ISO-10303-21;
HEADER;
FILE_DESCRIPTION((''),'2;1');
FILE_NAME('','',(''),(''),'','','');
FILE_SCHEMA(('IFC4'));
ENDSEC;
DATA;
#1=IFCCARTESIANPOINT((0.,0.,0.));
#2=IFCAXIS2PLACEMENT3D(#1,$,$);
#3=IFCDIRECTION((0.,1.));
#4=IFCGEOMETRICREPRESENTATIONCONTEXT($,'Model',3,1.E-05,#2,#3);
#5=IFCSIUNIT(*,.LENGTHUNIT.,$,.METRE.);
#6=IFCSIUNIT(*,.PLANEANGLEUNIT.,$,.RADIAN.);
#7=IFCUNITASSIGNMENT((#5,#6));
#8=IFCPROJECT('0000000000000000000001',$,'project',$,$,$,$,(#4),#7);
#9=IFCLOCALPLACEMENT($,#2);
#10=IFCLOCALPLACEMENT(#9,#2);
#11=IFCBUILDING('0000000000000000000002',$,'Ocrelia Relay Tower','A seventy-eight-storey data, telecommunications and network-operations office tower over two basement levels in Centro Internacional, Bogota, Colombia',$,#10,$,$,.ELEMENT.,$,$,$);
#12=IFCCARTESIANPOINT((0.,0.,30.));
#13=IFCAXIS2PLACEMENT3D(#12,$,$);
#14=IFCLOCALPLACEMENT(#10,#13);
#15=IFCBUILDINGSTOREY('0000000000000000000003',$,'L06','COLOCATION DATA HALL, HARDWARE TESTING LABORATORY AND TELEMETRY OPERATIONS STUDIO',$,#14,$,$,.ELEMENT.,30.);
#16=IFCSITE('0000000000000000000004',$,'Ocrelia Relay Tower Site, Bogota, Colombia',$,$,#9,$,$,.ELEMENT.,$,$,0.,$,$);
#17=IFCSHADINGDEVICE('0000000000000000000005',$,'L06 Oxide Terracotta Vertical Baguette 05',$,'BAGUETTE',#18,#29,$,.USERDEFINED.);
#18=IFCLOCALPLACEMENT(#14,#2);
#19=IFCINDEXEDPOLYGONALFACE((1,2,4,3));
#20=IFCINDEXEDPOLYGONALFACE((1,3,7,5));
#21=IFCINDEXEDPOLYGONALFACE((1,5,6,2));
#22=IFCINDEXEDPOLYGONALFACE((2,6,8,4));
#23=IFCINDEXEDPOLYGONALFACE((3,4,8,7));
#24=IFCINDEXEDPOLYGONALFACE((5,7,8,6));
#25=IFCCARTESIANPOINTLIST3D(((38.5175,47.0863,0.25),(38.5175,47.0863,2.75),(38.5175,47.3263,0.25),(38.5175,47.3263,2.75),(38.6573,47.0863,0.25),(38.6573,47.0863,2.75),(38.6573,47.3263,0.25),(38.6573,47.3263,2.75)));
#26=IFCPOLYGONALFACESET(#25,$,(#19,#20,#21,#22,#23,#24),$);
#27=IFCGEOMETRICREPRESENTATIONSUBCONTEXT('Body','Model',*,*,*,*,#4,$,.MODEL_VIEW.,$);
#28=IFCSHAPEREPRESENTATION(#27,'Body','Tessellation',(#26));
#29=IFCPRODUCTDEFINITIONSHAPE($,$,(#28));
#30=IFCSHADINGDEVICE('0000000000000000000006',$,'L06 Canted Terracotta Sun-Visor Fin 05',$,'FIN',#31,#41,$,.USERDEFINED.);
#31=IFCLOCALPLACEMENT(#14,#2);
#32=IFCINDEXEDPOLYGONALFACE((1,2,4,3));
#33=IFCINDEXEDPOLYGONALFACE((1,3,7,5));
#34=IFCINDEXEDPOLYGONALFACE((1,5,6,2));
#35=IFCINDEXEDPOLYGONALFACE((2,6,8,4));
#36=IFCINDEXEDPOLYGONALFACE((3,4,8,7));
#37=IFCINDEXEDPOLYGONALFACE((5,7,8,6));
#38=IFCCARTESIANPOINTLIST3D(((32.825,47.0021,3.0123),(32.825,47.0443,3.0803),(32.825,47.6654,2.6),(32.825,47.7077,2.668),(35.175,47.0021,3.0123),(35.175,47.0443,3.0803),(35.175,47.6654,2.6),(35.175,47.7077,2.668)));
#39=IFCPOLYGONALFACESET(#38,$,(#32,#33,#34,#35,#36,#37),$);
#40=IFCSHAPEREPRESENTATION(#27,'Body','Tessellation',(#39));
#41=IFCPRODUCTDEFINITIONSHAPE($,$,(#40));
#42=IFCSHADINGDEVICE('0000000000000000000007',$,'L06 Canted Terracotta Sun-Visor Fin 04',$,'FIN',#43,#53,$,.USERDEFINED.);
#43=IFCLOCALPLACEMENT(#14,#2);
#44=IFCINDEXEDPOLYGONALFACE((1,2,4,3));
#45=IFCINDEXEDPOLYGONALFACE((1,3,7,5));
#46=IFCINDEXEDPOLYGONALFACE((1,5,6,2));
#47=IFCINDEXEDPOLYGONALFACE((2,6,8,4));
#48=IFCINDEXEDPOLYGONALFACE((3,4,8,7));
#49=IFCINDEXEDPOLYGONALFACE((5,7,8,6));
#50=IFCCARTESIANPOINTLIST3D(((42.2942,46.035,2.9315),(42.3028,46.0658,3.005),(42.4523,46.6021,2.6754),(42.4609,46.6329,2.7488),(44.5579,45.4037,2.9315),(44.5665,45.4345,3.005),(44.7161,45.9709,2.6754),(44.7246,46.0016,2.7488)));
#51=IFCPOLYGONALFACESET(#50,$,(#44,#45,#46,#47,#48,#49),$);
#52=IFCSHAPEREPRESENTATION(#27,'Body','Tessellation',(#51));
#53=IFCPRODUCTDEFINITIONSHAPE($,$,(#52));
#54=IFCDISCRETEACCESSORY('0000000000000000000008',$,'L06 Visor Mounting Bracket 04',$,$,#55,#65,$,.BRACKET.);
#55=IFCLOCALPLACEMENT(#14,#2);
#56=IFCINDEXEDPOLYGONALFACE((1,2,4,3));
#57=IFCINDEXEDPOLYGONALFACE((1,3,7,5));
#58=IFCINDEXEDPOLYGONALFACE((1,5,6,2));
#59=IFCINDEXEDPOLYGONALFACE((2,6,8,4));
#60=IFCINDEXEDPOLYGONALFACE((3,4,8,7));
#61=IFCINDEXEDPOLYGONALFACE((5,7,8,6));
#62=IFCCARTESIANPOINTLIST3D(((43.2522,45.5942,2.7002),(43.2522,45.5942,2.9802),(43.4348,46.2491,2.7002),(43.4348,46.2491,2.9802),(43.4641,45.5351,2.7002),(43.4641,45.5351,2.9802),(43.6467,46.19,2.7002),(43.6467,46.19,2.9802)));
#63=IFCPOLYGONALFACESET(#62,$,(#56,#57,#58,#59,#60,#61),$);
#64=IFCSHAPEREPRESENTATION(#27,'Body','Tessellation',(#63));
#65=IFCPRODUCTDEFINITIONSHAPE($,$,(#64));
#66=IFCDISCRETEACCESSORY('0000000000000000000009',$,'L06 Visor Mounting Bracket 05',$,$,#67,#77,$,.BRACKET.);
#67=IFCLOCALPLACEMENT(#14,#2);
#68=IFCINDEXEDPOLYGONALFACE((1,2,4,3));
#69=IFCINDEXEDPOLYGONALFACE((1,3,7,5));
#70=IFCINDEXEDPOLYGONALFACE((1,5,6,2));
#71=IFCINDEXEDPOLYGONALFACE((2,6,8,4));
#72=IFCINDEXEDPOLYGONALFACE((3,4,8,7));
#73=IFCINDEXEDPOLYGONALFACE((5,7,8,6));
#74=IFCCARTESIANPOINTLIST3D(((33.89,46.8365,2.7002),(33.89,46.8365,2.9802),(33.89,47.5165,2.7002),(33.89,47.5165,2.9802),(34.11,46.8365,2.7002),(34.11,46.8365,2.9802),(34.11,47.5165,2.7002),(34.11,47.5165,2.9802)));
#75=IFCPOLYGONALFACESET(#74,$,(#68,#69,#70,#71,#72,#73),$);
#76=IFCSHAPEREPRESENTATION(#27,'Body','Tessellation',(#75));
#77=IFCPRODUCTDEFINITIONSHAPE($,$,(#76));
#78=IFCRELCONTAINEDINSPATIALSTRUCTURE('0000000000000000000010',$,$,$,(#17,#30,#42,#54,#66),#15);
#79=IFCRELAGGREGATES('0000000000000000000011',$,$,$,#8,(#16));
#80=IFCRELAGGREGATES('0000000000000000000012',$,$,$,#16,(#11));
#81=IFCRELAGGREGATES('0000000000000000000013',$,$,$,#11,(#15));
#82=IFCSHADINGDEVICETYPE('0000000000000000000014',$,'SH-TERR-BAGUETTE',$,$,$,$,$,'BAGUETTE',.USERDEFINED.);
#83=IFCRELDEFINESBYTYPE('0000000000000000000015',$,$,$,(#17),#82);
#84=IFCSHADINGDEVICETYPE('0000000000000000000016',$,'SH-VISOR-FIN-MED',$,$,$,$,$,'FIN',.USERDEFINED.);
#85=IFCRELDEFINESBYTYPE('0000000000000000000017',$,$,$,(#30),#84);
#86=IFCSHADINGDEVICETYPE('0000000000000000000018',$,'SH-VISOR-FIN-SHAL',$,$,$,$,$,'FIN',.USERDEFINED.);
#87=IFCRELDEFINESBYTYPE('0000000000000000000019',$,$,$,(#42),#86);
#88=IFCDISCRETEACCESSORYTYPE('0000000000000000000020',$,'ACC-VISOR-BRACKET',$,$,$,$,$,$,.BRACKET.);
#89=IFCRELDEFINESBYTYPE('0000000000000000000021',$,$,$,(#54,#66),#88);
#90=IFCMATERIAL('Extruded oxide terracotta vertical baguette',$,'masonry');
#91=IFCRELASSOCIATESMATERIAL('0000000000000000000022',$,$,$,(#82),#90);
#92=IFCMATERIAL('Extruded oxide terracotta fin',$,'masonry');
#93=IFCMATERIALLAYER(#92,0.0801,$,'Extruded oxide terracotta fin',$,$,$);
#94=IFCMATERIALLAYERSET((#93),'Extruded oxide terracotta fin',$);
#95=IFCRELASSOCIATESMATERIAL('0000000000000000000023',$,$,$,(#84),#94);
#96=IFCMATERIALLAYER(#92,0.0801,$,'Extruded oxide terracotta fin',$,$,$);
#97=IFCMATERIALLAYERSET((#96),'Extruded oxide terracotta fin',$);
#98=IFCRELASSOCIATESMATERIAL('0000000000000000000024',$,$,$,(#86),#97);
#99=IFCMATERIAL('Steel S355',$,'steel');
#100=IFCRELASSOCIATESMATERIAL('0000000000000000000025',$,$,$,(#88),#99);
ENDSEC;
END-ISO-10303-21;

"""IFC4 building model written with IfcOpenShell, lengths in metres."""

from ifc_helpers import new_model, si_unit, direction, frame, origin, origin_2d, place, context, subcontext, project, spatial, rectangle, extrude, material, layer, layer_set, type_object, element, save


model = new_model("IFC4")

# Units and contexts
model_context = context("Model", 3, precision=1e-05, world=origin(), true_north=direction((0.0, 1.0)))
body_context = subcontext(model_context, "Body", "Model", "MODEL_VIEW")
ifc_project = project(units=[si_unit("LENGTHUNIT", "METRE"), si_unit("PLANEANGLEUNIT", "RADIAN")], contexts=[model_context])

# Site, building, storey
site_placement = place(None, origin())
site = spatial("IfcSite", under=ifc_project, at=site_placement, Name="Ocrelia Relay Tower Site, Bogota, Colombia", CompositionType="ELEMENT", RefElevation=0.0)
building_placement = place(site_placement, origin())
building = spatial("IfcBuilding", under=site, at=building_placement, Name="Ocrelia Relay Tower", Description="A seventy-eight-storey data, telecommunications and network-operations office tower over two basement levels in Centro Internacional, Bogota, Colombia", CompositionType="ELEMENT")
storey_placement = place(building_placement, frame((0.0, 0.0, 30.0)))
storey = spatial("IfcBuildingStorey", under=building, at=storey_placement, Name="L06", Description="COLOCATION DATA HALL, HARDWARE TESTING LABORATORY AND TELEMETRY OPERATIONS STUDIO", CompositionType="ELEMENT", Elevation=30.0)

# Shared definitions
ifc_material_1 = material(Name="Steel S355", Category="steel")

# Shading devices
ifc_material_2 = material(Name="Extruded oxide terracotta vertical baguette", Category="masonry")
shading_device_type_1 = type_object("IfcShadingDeviceType", Name="SH-TERR-BAGUETTE", ElementType="BAGUETTE", PredefinedType="USERDEFINED", material=ifc_material_2)
shading_device_1_placement = place(storey_placement, frame((38.5874, 47.2063, 0.25), z_axis=(0.0, 0.0, 1.0), x_axis=(-1.0, 0.0, 0.0)))
element("IfcShadingDevice", 1, at=shading_device_1_placement, inside=storey, type_object=shading_device_type_1, Name="L06 Oxide Terracotta Vertical Baguette 05", ObjectType="BAGUETTE", PredefinedType="USERDEFINED", context=body_context, shape_type="SweptSolid", body=[
    extrude(rectangle(XDim=0.1399, YDim=0.24, at=origin_2d()), origin(), (0.0, 0.0, 1.0), 2.5),
])
ifc_material_3 = material(Name="Extruded oxide terracotta fin", Category="masonry")
ifc_layer_1 = layer(ifc_material_3, 0.0801, Name="Extruded oxide terracotta fin")
ifc_layer_set_1 = layer_set([ifc_layer_1], Name="Extruded oxide terracotta fin")
shading_device_type_2 = type_object("IfcShadingDeviceType", Name="SH-VISOR-FIN-MED", ElementType="FIN", PredefinedType="USERDEFINED", material=ifc_layer_set_1)
shading_device_2_placement = place(storey_placement, frame((34.0, 47.3337, 2.8062), z_axis=(0.0, 0.527846, 0.84934), x_axis=(-1.0, 0.0, 0.0)))
element("IfcShadingDevice", 2, at=shading_device_2_placement, inside=storey, type_object=shading_device_type_2, Name="L06 Canted Terracotta Sun-Visor Fin 05", ObjectType="FIN", PredefinedType="USERDEFINED", context=body_context, shape_type="SweptSolid", body=[
    extrude(rectangle(XDim=2.3501, YDim=0.781, at=origin_2d()), origin(), (0.0, 0.0, 1.0), 0.0801),
])
ifc_layer_2 = layer(ifc_material_3, 0.0801, Name="Extruded oxide terracotta fin")
ifc_layer_set_2 = layer_set([ifc_layer_2], Name="Extruded oxide terracotta fin")
shading_device_type_3 = type_object("IfcShadingDeviceType", Name="SH-VISOR-FIN-SHAL", ElementType="FIN", PredefinedType="USERDEFINED", material=ifc_layer_set_2)
shading_device_3_placement = place(storey_placement, frame((43.5051, 46.0029, 2.8035), z_axis=(0.107156, 0.384247, 0.91699), x_axis=(-0.963245, 0.268623, 0.0)))
element("IfcShadingDevice", 3, at=shading_device_3_placement, inside=storey, type_object=shading_device_type_3, Name="L06 Canted Terracotta Sun-Visor Fin 04", ObjectType="FIN", PredefinedType="USERDEFINED", context=body_context, shape_type="SweptSolid", body=[
    extrude(rectangle(XDim=2.3501, YDim=0.6421, at=origin_2d()), origin(), (0.0, 0.0, 1.0), 0.0801),
])

# Discrete accessories
discrete_accessory_type = type_object("IfcDiscreteAccessoryType", Name="ACC-VISOR-BRACKET", PredefinedType="BRACKET", material=ifc_material_1)
for number, where, z_axis, x_axis, name in (
    (4, (43.4495, 45.8921, 2.7002), (0.0, 0.0, 1.0), (-0.963245, 0.268623, 0.0), "L06 Visor Mounting Bracket 04"),
    (5, (34.0, 47.1765, 2.7002), (0.0, 0.0, 1.0), (-1.0, 0.0, 0.0), "L06 Visor Mounting Bracket 05"),
):
    element("IfcDiscreteAccessory", number, at=place(storey_placement, frame(where, z_axis=z_axis, x_axis=x_axis)), inside=storey, type_object=discrete_accessory_type, Name=name, PredefinedType="BRACKET", context=body_context, shape_type="SweptSolid", body=[
        extrude(rectangle(XDim=0.22, YDim=0.6799, at=origin_2d()), origin(), (0.0, 0.0, 1.0), 0.28),
    ])

save(model, "model.ifc")
